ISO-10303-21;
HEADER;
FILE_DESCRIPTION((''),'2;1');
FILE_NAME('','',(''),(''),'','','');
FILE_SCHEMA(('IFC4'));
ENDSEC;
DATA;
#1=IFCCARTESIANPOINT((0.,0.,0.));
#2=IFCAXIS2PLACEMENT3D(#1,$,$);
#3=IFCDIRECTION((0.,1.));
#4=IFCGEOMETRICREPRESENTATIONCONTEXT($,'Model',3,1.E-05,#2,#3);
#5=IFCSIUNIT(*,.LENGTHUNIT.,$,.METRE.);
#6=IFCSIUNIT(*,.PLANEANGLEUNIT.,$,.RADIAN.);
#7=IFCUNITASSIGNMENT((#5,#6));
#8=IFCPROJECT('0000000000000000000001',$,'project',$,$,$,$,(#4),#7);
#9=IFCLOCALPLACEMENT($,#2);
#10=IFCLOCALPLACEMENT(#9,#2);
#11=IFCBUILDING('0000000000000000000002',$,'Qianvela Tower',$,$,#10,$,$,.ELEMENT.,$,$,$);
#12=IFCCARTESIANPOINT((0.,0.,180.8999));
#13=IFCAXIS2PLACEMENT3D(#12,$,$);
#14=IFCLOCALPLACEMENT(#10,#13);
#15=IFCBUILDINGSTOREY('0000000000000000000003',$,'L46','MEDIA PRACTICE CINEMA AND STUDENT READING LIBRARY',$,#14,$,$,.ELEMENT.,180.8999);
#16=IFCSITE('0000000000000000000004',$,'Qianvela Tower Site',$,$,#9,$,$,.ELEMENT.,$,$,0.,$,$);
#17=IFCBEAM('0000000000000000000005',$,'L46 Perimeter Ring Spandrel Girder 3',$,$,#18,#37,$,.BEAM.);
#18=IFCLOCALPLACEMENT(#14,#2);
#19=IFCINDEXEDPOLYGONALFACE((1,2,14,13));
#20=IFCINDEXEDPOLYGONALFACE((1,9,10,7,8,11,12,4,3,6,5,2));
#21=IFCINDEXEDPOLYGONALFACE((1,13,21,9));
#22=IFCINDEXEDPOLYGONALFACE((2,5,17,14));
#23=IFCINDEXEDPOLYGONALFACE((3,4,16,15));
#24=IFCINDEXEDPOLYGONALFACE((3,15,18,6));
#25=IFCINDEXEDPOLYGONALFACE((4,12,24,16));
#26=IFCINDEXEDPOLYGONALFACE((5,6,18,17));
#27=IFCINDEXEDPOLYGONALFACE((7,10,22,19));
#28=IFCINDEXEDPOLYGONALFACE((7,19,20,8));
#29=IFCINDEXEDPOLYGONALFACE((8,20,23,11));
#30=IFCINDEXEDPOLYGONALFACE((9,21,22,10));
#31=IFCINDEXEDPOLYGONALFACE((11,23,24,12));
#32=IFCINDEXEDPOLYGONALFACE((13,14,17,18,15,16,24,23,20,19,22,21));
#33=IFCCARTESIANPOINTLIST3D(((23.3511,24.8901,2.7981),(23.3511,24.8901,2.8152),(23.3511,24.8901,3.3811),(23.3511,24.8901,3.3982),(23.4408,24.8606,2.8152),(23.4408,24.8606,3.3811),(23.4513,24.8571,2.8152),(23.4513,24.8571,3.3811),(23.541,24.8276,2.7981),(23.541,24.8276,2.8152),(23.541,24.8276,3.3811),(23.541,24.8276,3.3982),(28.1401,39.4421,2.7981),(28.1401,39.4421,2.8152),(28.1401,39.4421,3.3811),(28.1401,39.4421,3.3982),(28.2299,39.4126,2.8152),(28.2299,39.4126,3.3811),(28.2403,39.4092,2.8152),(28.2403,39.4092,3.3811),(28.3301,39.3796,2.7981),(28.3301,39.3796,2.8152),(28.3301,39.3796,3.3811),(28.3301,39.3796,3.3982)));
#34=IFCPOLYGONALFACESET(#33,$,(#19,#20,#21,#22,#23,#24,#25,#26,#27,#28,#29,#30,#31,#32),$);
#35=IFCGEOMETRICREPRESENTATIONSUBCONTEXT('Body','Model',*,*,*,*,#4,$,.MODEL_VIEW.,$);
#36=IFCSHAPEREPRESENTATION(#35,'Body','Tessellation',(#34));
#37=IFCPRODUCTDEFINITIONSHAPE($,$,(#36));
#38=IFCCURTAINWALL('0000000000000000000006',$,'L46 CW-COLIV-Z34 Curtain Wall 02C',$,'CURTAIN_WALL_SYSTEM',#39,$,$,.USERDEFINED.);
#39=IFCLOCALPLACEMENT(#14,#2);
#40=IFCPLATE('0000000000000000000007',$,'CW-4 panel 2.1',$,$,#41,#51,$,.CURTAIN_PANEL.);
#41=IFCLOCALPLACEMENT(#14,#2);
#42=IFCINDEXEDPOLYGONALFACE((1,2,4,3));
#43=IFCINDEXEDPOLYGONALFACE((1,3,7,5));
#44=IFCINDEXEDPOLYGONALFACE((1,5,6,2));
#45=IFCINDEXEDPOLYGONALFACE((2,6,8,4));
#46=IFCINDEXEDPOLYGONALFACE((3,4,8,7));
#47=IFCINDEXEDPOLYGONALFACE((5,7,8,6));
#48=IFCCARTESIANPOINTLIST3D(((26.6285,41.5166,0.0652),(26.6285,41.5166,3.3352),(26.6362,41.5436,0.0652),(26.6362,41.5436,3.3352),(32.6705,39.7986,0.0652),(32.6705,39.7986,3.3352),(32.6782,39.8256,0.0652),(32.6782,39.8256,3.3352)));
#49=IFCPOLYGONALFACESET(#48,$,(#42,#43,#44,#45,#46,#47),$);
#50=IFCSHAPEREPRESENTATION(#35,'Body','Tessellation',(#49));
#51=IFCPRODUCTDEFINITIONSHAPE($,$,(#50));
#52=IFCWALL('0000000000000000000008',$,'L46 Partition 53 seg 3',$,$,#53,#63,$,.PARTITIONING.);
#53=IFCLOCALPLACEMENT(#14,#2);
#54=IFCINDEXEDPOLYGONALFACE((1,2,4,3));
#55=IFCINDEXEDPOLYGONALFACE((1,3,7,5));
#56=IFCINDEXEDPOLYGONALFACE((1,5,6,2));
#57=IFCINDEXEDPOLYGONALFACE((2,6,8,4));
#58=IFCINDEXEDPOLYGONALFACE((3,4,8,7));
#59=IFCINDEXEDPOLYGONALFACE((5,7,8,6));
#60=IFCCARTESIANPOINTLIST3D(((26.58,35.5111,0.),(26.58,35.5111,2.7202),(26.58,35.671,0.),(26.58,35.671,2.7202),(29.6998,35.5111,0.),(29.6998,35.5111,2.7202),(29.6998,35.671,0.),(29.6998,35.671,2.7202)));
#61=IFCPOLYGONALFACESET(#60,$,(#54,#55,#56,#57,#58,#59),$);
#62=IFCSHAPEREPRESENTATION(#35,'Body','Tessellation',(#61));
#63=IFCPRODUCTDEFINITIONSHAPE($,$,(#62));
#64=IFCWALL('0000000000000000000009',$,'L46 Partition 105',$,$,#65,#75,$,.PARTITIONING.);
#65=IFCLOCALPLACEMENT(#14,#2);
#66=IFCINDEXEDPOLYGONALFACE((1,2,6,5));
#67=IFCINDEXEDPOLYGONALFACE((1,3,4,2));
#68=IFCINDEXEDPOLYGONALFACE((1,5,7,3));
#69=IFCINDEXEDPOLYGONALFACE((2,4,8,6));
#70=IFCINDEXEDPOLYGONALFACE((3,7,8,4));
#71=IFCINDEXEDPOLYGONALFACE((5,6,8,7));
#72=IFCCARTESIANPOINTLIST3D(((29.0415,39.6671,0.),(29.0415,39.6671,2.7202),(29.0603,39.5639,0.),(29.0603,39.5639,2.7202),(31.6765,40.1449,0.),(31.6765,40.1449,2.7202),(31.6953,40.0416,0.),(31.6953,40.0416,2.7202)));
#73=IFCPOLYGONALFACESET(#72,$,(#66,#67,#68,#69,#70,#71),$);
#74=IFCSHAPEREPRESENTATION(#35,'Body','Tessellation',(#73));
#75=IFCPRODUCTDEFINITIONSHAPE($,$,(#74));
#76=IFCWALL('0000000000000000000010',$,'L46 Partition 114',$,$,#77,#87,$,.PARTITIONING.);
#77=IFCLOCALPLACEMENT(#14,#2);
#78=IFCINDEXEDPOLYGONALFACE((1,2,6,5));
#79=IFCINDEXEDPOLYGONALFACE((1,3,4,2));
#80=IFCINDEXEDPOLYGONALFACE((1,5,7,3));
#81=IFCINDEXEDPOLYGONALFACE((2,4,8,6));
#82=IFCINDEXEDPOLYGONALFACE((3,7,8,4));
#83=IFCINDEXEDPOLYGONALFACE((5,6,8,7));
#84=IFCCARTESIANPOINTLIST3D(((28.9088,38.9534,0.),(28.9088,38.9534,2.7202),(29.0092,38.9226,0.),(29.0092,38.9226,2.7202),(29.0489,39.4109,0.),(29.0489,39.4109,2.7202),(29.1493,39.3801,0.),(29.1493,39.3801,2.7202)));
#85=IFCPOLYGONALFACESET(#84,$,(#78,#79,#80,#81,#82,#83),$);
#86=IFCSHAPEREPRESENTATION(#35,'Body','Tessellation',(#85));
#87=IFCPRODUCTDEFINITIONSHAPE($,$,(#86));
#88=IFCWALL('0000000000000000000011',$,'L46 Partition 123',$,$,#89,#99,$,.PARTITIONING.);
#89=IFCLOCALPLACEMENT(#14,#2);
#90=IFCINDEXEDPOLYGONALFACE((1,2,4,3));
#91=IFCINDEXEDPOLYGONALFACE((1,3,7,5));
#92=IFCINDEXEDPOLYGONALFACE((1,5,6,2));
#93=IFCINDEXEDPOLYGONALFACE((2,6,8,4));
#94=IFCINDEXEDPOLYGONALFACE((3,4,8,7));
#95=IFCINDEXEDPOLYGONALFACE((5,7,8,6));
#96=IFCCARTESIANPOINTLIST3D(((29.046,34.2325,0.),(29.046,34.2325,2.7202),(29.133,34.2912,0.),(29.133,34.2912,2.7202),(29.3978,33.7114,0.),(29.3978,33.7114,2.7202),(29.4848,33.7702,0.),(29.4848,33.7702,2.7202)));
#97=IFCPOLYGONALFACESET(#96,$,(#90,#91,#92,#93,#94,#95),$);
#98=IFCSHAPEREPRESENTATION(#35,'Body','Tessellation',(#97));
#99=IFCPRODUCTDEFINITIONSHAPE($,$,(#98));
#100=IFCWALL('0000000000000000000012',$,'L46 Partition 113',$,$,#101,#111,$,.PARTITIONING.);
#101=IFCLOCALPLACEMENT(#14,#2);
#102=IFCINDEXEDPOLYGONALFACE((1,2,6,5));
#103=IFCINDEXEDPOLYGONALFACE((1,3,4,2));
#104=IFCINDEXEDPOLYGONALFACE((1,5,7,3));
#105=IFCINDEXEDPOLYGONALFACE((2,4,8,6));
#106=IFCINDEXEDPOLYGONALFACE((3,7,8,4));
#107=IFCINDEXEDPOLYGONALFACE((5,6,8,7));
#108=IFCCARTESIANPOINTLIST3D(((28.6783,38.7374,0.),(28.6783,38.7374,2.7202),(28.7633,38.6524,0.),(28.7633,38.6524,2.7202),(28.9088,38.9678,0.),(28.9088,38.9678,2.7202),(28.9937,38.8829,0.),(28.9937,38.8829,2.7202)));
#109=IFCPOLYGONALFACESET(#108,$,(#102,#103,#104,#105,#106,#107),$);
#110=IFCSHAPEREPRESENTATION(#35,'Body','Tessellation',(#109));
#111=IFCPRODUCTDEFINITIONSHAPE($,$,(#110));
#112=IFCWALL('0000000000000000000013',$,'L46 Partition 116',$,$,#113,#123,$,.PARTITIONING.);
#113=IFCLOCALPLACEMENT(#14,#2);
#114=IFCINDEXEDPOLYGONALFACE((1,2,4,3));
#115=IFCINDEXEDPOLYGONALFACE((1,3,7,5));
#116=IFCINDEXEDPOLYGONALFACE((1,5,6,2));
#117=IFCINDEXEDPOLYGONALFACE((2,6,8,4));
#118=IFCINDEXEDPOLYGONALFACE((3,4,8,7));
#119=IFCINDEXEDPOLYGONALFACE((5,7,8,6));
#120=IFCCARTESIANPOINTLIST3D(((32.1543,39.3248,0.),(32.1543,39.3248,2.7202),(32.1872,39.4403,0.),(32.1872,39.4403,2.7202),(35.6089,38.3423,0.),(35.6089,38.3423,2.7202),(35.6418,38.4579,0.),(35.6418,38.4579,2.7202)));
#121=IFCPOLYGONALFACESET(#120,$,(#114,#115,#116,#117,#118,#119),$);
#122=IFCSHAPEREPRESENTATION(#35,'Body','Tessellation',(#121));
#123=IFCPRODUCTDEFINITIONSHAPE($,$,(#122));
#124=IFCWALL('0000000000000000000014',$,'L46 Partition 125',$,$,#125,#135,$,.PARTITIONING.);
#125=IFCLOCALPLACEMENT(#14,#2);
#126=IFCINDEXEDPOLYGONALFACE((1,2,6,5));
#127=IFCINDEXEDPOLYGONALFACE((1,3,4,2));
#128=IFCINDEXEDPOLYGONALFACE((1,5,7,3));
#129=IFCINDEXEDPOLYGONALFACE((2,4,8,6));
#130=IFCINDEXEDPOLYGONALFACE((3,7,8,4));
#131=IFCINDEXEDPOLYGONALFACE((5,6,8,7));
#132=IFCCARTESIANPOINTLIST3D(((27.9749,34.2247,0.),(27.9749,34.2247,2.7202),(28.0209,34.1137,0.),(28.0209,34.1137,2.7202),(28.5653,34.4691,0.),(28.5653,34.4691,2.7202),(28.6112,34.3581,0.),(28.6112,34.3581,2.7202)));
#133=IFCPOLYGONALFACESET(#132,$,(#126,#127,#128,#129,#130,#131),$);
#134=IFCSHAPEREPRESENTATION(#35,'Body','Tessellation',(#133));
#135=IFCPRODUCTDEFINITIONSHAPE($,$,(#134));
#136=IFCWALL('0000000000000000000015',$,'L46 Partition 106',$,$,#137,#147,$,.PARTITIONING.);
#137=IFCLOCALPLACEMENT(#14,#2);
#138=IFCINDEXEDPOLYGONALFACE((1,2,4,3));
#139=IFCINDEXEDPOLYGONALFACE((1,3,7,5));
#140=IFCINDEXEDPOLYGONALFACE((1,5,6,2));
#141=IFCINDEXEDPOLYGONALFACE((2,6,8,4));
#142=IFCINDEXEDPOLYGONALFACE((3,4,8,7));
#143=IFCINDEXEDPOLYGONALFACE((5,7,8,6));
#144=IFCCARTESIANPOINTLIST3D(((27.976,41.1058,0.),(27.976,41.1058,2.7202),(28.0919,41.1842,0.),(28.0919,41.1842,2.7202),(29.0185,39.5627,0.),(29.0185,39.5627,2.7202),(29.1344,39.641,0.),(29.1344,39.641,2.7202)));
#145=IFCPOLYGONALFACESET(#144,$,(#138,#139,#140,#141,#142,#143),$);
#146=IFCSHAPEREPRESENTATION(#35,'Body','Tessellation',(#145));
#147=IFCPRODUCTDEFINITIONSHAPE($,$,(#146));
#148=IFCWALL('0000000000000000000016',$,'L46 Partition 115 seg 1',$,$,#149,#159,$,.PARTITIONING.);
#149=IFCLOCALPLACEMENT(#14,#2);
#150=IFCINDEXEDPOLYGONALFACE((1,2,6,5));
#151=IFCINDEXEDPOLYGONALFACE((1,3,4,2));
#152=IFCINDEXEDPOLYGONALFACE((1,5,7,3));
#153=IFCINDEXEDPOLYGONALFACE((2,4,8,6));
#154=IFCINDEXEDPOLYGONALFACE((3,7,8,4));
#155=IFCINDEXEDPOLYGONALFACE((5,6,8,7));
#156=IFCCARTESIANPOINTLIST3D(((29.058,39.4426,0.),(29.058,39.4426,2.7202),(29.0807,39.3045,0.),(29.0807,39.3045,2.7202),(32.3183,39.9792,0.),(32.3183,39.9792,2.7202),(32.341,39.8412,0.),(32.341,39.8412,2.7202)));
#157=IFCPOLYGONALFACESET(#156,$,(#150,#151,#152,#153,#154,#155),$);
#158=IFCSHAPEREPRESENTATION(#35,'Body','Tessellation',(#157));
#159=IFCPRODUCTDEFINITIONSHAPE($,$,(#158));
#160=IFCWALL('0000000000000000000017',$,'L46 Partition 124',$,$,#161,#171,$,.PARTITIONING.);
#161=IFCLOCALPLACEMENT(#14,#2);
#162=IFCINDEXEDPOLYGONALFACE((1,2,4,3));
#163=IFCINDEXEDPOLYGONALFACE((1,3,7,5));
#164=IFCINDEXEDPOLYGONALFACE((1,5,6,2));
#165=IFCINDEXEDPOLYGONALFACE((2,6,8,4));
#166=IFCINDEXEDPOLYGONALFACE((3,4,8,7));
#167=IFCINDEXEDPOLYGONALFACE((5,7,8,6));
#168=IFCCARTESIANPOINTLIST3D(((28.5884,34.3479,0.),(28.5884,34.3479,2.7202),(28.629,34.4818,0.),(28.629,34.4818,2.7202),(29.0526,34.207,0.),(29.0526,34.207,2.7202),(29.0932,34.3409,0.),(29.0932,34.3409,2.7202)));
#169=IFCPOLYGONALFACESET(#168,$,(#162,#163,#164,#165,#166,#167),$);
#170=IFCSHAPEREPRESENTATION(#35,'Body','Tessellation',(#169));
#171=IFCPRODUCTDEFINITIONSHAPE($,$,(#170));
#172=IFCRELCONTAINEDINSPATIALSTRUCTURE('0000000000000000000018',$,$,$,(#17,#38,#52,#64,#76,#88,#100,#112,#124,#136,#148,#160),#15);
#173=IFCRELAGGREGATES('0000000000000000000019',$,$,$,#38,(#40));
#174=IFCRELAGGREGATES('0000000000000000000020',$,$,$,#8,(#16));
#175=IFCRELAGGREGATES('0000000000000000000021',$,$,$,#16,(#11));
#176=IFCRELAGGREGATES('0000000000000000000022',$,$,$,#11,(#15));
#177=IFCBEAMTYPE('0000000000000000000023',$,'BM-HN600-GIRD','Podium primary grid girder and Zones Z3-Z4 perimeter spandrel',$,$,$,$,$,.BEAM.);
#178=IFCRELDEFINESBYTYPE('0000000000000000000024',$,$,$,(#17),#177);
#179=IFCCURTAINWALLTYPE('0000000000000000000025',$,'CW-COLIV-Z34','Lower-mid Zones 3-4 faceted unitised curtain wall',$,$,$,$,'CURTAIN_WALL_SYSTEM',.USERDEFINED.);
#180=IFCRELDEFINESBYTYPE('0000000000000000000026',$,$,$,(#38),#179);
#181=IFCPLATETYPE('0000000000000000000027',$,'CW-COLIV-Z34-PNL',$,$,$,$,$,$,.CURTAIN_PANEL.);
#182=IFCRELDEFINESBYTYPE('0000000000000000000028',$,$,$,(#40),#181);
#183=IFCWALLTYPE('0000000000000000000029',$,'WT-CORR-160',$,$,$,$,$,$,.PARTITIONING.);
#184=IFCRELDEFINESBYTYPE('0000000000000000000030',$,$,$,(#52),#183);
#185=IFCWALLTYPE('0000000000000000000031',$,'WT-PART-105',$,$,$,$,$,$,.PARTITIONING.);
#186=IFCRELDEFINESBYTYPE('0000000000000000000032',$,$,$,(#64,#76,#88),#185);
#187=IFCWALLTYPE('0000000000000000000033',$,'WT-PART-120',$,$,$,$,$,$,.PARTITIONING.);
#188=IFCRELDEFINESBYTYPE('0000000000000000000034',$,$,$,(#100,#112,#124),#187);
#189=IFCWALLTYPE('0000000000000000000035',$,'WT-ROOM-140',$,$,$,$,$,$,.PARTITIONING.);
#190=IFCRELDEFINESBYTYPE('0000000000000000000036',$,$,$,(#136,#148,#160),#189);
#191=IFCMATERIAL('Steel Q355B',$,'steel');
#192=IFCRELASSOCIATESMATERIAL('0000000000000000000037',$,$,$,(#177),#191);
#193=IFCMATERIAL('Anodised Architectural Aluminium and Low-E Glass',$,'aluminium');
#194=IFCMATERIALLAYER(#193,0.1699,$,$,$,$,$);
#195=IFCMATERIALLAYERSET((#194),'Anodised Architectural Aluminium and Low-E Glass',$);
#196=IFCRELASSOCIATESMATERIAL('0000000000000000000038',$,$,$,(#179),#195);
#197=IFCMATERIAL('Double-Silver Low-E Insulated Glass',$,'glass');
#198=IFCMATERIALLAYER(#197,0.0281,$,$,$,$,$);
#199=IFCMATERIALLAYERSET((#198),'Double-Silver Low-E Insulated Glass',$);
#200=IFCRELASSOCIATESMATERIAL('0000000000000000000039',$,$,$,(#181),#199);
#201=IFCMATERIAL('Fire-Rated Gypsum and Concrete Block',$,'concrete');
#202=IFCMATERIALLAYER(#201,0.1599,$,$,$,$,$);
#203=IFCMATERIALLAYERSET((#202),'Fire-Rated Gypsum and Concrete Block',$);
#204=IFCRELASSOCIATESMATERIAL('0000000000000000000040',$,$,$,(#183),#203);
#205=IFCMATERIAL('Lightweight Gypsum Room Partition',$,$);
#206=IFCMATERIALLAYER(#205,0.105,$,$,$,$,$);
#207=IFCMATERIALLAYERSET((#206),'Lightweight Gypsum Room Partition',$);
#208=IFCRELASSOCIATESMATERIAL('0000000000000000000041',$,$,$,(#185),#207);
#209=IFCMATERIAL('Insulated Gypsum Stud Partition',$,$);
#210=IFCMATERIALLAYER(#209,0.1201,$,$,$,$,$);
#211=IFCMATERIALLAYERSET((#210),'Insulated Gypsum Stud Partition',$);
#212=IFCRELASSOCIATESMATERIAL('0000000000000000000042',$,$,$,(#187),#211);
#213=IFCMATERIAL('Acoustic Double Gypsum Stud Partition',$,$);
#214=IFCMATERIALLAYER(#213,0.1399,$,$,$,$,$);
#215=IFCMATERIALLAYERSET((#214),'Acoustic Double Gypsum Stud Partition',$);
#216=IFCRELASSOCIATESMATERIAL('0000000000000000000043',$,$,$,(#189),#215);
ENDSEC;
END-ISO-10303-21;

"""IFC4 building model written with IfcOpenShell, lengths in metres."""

from ifc_helpers import new_model, si_unit, direction, frame, frame_2d, origin, origin_2d, place, context, subcontext, project, spatial, rectangle, i_section, extrude, material, layer, layer_set, material_profile, profile_set, type_object, element, aggregate, save


model = new_model("IFC4")

# Units and contexts
model_context = context("Model", 3, precision=1e-05, world=origin(), true_north=direction((0.0, 1.0)))
body_context = subcontext(model_context, "Body", "Model", "MODEL_VIEW")
ifc_project = project(units=[si_unit("LENGTHUNIT", "METRE"), si_unit("PLANEANGLEUNIT", "RADIAN")], contexts=[model_context])

# Site, building, storey
site_placement = place(None, origin())
site = spatial("IfcSite", under=ifc_project, at=site_placement, Name="Qianvela Tower Site", CompositionType="ELEMENT", RefElevation=0.0)
building_placement = place(site_placement, origin())
building = spatial("IfcBuilding", under=site, at=building_placement, Name="Qianvela Tower", CompositionType="ELEMENT")
storey_placement = place(building_placement, frame((0.0, 0.0, 180.8999)))
storey = spatial("IfcBuildingStorey", under=building, at=storey_placement, Name="L46", Description="MEDIA PRACTICE CINEMA AND STUDENT READING LIBRARY", CompositionType="ELEMENT", Elevation=180.8999)

# Beam
ifc_material_1 = material(Name="Steel Q355B", Category="steel")
ifc_material_profile_1 = material_profile(ifc_material_1, i_section(OverallWidth=0.2, OverallDepth=0.6001, WebThickness=0.011, FlangeThickness=0.0171, at=origin_2d()), Name="HN600x200x11x17")
ifc_profile_set_1 = profile_set([ifc_material_profile_1], Name="Steel Q355B")
beam_type_1 = type_object("IfcBeamType", Name="BM-HN600-GIRD", Description="Podium primary grid girder and Zones Z3-Z4 perimeter spandrel", PredefinedType="BEAM", material=ifc_profile_set_1)
beam_1_placement = place(storey_placement, frame((28.2351, 39.4109, 3.0981), z_axis=(-0.312606, -0.949883, 0.0), x_axis=(0.949883, -0.312606, 0.0)))
element("IfcBeam", 1, at=beam_1_placement, inside=storey, type_object=beam_type_1, Name="L46 Perimeter Ring Spandrel Girder 3", PredefinedType="BEAM", context=body_context, shape_type="SweptSolid", body=[
    extrude(i_section(OverallWidth=0.2, OverallDepth=0.6001, WebThickness=0.011, FlangeThickness=0.0171, at=origin_2d()), origin(), (0.0, 0.0, 1.0), 15.3198),
])

# Curtain wall, plate
ifc_material_2 = material(Name="Anodised Architectural Aluminium and Low-E Glass", Category="aluminium")
ifc_layer_1 = layer(ifc_material_2, 0.1699)
ifc_layer_set_1 = layer_set([ifc_layer_1], Name="Anodised Architectural Aluminium and Low-E Glass")
curtain_wall_type = type_object("IfcCurtainWallType", Name="CW-COLIV-Z34", Description="Lower-mid Zones 3-4 faceted unitised curtain wall", ElementType="CURTAIN_WALL_SYSTEM", PredefinedType="USERDEFINED", material=ifc_layer_set_1)
curtain_wall_placement = place(storey_placement, origin())
curtain_wall = element("IfcCurtainWall", 2, at=curtain_wall_placement, inside=storey, type_object=curtain_wall_type, Name="L46 CW-COLIV-Z34 Curtain Wall 02C", ObjectType="CURTAIN_WALL_SYSTEM", PredefinedType="USERDEFINED")
ifc_material_3 = material(Name="Double-Silver Low-E Insulated Glass", Category="glass")
ifc_layer_2 = layer(ifc_material_3, 0.0281)
ifc_layer_set_2 = layer_set([ifc_layer_2], Name="Double-Silver Low-E Insulated Glass")
plate_type = type_object("IfcPlateType", Name="CW-COLIV-Z34-PNL", PredefinedType="CURTAIN_PANEL", material=ifc_layer_set_2)
plate_placement = place(storey_placement, frame((29.6533, 40.6711, 0.0652), z_axis=(0.0, 0.0, 1.0), x_axis=(-0.961871, 0.273502, 0.0)))
plate = element("IfcPlate", 3, at=plate_placement, type_object=plate_type, Name="CW-4 panel 2.1", PredefinedType="CURTAIN_PANEL", context=body_context, shape_type="SweptSolid", body=[
    extrude(rectangle(XDim=6.2815, YDim=0.0281, at=origin_2d()), origin(), (0.0, 0.0, 1.0), 3.27),
])
aggregate(curtain_wall, [plate])

# Shared definitions
ifc_material_4 = material(Name="Fire-Rated Gypsum and Concrete Block", Category="concrete")
ifc_layer_3 = layer(ifc_material_4, 0.1599)
ifc_layer_set_3 = layer_set([ifc_layer_3], Name="Fire-Rated Gypsum and Concrete Block")
wall_type_1 = type_object("IfcWallType", Name="WT-CORR-160", PredefinedType="PARTITIONING", material=ifc_layer_set_3)

# Walls
wall_1_placement = place(storey_placement, frame((29.7, 35.5911, 0.0), z_axis=(0.0, 0.0, 1.0), x_axis=(-1.0, 0.0, 0.0)))
element("IfcWall", 4, at=wall_1_placement, inside=storey, type_object=wall_type_1, Name="L46 Partition 53 seg 3", PredefinedType="PARTITIONING", context=body_context, shape_type="SweptSolid", body=[
    extrude(rectangle(XDim=3.1199, YDim=0.1599, at=frame_2d((1.5601, 0.0))), origin(), (0.0, 0.0, 1.0), 2.7202),
])
ifc_material_5 = material(Name="Lightweight Gypsum Room Partition")
ifc_layer_4 = layer(ifc_material_5, 0.105)
ifc_layer_set_4 = layer_set([ifc_layer_4], Name="Lightweight Gypsum Room Partition")
wall_type_2 = type_object("IfcWallType", Name="WT-PART-105", PredefinedType="PARTITIONING", material=ifc_layer_set_4)
wall_2_placement = place(storey_placement, frame((31.6858, 40.0933, 0.0), z_axis=(0.0, 0.0, 1.0), x_axis=(-0.983956, -0.178412, 0.0)))
element("IfcWall", 5, at=wall_2_placement, inside=storey, type_object=wall_type_2, Name="L46 Partition 105", PredefinedType="PARTITIONING", context=body_context, shape_type="SweptSolid", body=[
    extrude(rectangle(XDim=2.678, YDim=0.105, at=frame_2d((1.3389, 0.0))), origin(), (0.0, 0.0, 1.0), 2.7202),
])
wall_3_placement = place(storey_placement, frame((28.959, 38.938, 0.0), z_axis=(0.0, 0.0, 1.0), x_axis=(0.292867, 0.956153, 0.0)))
element("IfcWall", 6, at=wall_3_placement, inside=storey, type_object=wall_type_2, Name="L46 Partition 114", PredefinedType="PARTITIONING", context=body_context, shape_type="SweptSolid", body=[
    extrude(rectangle(XDim=0.4785, YDim=0.105, at=frame_2d((0.2393, 0.0))), origin(), (0.0, 0.0, 1.0), 2.7202),
])
wall_4_placement = place(storey_placement, frame((29.4414, 33.7407, 0.0), z_axis=(0.0, 0.0, 1.0), x_axis=(-0.55962, 0.82875, 0.0)))
element("IfcWall", 7, at=wall_4_placement, inside=storey, type_object=wall_type_2, Name="L46 Partition 123", PredefinedType="PARTITIONING", context=body_context, shape_type="SweptSolid", body=[
    extrude(rectangle(XDim=0.6287, YDim=0.105, at=frame_2d((0.3145, 0.0))), origin(), (0.0, 0.0, 1.0), 2.7202),
])
ifc_material_6 = material(Name="Insulated Gypsum Stud Partition")
ifc_layer_5 = layer(ifc_material_6, 0.1201)
ifc_layer_set_5 = layer_set([ifc_layer_5], Name="Insulated Gypsum Stud Partition")
wall_type_3 = type_object("IfcWallType", Name="WT-PART-120", PredefinedType="PARTITIONING", material=ifc_layer_set_5)
wall_5_placement = place(storey_placement, frame((28.7207, 38.6948, 0.0), z_axis=(0.0, 0.0, 1.0), x_axis=(0.707107, 0.707107, 0.0)))
element("IfcWall", 8, at=wall_5_placement, inside=storey, type_object=wall_type_3, Name="L46 Partition 113", PredefinedType="PARTITIONING", context=body_context, shape_type="SweptSolid", body=[
    extrude(rectangle(XDim=0.3259, YDim=0.1201, at=frame_2d((0.1631, 0.0))), origin(), (0.0, 0.0, 1.0), 2.7202),
])
wall_6_placement = place(storey_placement, frame((32.1707, 39.3826, 0.0), z_axis=(0.0, 0.0, 1.0), x_axis=(0.961862, -0.273536, 0.0)))
element("IfcWall", 9, at=wall_6_placement, inside=storey, type_object=wall_type_3, Name="L46 Partition 116", PredefinedType="PARTITIONING", context=body_context, shape_type="SweptSolid", body=[
    extrude(rectangle(XDim=3.5916, YDim=0.1201, at=frame_2d((1.7959, 0.0))), origin(), (0.0, 0.0, 1.0), 2.7202),
])
wall_7_placement = place(storey_placement, frame((28.5881, 34.4136, 0.0), z_axis=(0.0, 0.0, 1.0), x_axis=(-0.923956, -0.382498, 0.0)))
element("IfcWall", 10, at=wall_7_placement, inside=storey, type_object=wall_type_3, Name="L46 Partition 125", PredefinedType="PARTITIONING", context=body_context, shape_type="SweptSolid", body=[
    extrude(rectangle(XDim=0.6389, YDim=0.1201, at=frame_2d((0.3193, 0.0))), origin(), (0.0, 0.0, 1.0), 2.7202),
])
ifc_material_7 = material(Name="Acoustic Double Gypsum Stud Partition")
ifc_layer_6 = layer(ifc_material_7, 0.1399)
ifc_layer_set_6 = layer_set([ifc_layer_6], Name="Acoustic Double Gypsum Stud Partition")
wall_type_4 = type_object("IfcWallType", Name="WT-ROOM-140", PredefinedType="PARTITIONING", material=ifc_layer_set_6)
wall_8_placement = place(storey_placement, frame((29.0764, 39.6018, 0.0), z_axis=(0.0, 0.0, 1.0), x_axis=(-0.559772, 0.828646, 0.0)))
element("IfcWall", 11, at=wall_8_placement, inside=storey, type_object=wall_type_4, Name="L46 Partition 106", PredefinedType="PARTITIONING", context=body_context, shape_type="SweptSolid", body=[
    extrude(rectangle(XDim=1.8623, YDim=0.1399, at=frame_2d((0.9312, 0.0))), origin(), (0.0, 0.0, 1.0), 2.7202),
])
wall_9_placement = place(storey_placement, frame((29.0693, 39.3735, 0.0), z_axis=(0.0, 0.0, 1.0), x_axis=(0.986723, 0.16241, 0.0)))
element("IfcWall", 12, at=wall_9_placement, inside=storey, type_object=wall_type_4, Name="L46 Partition 115 seg 1", PredefinedType="PARTITIONING", context=body_context, shape_type="SweptSolid", body=[
    extrude(rectangle(XDim=3.3042, YDim=0.1399, at=frame_2d((1.6521, 0.0))), origin(), (0.0, 0.0, 1.0), 2.7202),
])
wall_10_placement = place(storey_placement, frame((29.073, 34.2739, 0.0), z_axis=(0.0, 0.0, 1.0), x_axis=(-0.956893, 0.29044, 0.0)))
element("IfcWall", 13, at=wall_10_placement, inside=storey, type_object=wall_type_4, Name="L46 Partition 124", PredefinedType="PARTITIONING", context=body_context, shape_type="SweptSolid", body=[
    extrude(rectangle(XDim=0.4851, YDim=0.1399, at=frame_2d((0.2427, 0.0))), origin(), (0.0, 0.0, 1.0), 2.7202),
])

save(model, "model.ifc")
